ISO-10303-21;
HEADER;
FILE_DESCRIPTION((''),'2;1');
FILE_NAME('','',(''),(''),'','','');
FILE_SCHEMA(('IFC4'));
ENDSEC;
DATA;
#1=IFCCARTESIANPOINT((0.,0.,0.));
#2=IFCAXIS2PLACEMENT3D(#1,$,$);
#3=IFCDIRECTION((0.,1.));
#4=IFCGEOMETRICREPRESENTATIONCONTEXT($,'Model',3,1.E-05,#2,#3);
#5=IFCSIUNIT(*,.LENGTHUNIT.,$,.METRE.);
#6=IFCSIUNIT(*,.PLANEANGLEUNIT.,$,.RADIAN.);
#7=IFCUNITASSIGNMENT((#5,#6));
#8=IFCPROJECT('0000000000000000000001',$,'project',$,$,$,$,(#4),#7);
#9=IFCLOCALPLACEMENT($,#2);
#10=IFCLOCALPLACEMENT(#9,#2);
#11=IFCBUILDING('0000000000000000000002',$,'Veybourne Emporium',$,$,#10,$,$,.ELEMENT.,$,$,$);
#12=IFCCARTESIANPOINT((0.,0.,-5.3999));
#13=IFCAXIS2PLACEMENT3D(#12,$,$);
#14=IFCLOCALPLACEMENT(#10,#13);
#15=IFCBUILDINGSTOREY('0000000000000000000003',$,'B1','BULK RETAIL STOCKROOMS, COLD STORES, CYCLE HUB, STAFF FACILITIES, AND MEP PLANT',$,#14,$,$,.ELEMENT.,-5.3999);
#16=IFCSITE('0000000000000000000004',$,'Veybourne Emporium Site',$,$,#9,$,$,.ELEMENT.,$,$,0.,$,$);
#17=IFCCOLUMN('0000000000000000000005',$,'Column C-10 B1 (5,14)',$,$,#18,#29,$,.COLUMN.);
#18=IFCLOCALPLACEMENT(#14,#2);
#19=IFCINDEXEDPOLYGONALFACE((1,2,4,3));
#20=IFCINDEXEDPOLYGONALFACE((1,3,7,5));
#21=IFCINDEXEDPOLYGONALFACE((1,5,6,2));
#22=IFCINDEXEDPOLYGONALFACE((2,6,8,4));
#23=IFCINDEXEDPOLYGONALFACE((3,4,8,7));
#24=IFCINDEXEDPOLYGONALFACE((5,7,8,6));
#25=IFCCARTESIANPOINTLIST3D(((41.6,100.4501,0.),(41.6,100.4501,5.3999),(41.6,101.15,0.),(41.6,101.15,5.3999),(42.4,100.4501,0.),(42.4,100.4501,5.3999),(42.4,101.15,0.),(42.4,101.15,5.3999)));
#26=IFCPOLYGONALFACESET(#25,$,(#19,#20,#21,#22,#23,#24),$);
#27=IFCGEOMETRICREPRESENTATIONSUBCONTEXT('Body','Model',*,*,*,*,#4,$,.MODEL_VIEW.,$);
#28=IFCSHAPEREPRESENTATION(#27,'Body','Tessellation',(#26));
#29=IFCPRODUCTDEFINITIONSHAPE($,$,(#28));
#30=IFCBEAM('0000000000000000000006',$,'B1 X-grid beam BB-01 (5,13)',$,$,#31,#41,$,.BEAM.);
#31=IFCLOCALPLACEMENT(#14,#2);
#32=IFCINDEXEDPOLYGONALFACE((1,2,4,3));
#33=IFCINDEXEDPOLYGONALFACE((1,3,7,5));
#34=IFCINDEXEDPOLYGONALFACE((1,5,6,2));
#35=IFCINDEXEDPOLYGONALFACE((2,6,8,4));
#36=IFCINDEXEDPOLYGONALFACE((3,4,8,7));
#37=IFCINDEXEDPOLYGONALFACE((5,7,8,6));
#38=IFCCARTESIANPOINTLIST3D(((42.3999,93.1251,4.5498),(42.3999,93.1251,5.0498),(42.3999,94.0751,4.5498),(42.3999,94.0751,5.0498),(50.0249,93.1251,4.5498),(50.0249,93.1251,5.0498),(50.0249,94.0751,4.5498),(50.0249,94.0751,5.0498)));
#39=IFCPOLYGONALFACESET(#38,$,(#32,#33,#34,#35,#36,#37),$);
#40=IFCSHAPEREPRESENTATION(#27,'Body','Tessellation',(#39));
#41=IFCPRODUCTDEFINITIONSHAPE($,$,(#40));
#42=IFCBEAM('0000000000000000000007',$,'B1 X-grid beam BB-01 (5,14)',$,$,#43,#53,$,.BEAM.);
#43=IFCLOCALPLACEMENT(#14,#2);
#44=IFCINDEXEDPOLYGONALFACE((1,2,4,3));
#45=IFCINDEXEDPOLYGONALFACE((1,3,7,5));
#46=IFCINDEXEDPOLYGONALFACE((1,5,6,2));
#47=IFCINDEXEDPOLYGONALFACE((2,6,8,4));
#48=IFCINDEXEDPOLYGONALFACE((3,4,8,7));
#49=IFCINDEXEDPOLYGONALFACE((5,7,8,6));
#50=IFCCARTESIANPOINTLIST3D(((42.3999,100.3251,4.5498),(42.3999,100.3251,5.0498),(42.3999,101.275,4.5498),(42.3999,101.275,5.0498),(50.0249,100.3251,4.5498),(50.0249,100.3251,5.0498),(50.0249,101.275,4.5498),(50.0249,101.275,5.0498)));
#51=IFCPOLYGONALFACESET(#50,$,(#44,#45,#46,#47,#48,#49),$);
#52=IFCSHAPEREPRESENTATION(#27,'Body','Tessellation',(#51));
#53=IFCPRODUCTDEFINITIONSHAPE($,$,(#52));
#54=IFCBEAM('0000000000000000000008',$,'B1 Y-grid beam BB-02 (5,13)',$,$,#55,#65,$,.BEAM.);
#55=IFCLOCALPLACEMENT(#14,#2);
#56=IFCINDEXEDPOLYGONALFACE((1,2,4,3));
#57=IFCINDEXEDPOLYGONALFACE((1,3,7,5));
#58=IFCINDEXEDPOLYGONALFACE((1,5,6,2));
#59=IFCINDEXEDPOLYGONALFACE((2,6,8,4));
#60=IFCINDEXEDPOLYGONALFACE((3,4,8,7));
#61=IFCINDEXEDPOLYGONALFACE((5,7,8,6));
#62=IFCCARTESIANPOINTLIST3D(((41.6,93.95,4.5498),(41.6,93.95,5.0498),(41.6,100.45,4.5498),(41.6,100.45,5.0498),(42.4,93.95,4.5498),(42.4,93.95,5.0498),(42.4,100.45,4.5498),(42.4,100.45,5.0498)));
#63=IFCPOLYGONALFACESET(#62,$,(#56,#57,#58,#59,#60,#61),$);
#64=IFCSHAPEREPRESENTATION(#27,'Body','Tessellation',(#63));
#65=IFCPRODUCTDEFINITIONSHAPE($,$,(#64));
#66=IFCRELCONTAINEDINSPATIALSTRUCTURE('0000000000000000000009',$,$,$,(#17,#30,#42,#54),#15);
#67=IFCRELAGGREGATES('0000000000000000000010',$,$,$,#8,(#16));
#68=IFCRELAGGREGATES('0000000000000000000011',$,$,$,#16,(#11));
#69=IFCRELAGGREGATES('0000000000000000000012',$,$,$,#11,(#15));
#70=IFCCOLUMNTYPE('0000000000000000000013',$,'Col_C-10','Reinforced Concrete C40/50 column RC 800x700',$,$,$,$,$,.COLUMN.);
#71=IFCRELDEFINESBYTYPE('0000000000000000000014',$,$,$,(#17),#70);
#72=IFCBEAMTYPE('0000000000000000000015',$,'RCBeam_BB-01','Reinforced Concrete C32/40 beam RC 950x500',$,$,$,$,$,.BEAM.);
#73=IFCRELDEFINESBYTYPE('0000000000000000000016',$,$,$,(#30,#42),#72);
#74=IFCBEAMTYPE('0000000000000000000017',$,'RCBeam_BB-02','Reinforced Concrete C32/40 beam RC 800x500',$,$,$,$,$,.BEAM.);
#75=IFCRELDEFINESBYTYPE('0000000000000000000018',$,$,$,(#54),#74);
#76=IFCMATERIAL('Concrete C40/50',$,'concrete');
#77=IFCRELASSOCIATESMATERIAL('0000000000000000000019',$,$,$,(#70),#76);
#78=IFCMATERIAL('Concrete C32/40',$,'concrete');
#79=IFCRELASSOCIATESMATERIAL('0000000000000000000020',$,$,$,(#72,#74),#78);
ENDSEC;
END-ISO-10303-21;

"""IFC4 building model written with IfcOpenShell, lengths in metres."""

from ifc_helpers import new_model, si_unit, direction, frame, origin, origin_2d, place, context, subcontext, project, spatial, rectangle, extrude, material, material_profile, profile_set, type_object, element, save


model = new_model("IFC4")

# Units and contexts
model_context = context("Model", 3, precision=1e-05, world=origin(), true_north=direction((0.0, 1.0)))
body_context = subcontext(model_context, "Body", "Model", "MODEL_VIEW")
ifc_project = project(units=[si_unit("LENGTHUNIT", "METRE"), si_unit("PLANEANGLEUNIT", "RADIAN")], contexts=[model_context])

# Site, building, storey
site_placement = place(None, origin())
site = spatial("IfcSite", under=ifc_project, at=site_placement, Name="Veybourne Emporium Site", CompositionType="ELEMENT", RefElevation=0.0)
building_placement = place(site_placement, origin())
building = spatial("IfcBuilding", under=site, at=building_placement, Name="Veybourne Emporium", CompositionType="ELEMENT")
storey_placement = place(building_placement, frame((0.0, 0.0, -5.3999)))
storey = spatial("IfcBuildingStorey", under=building, at=storey_placement, Name="B1", Description="BULK RETAIL STOCKROOMS, COLD STORES, CYCLE HUB, STAFF FACILITIES, AND MEP PLANT", CompositionType="ELEMENT", Elevation=-5.3999)

# Column
ifc_material_1 = material(Name="Concrete C40/50", Category="concrete")
ifc_material_profile_1 = material_profile(ifc_material_1, rectangle(XDim=0.8, YDim=0.7, at=origin_2d()), Name="RC 800x700")
ifc_profile_set_1 = profile_set([ifc_material_profile_1], Name="Concrete C40/50")
column_type_1 = type_object("IfcColumnType", Name="Col_C-10", Description="Reinforced Concrete C40/50 column RC 800x700", PredefinedType="COLUMN", material=ifc_profile_set_1)
for number, where, z_axis, x_axis, name in (
    (1, (42.0, 100.8, 0.0), (0.0, 0.0, 1.0), (1.0, 0.0, 0.0), "Column C-10 B1 (5,14)"),
):
    element("IfcColumn", number, at=place(storey_placement, frame(where, z_axis=z_axis, x_axis=x_axis)), inside=storey, type_object=column_type_1, Name=name, PredefinedType="COLUMN", context=body_context, shape_type="SweptSolid", body=[
        extrude(rectangle(XDim=0.8, YDim=0.7, at=origin_2d()), origin(), (0.0, 0.0, 1.0), 5.3999),
    ])

# Beams
ifc_material_2 = material(Name="Concrete C32/40", Category="concrete")
ifc_material_profile_2 = material_profile(ifc_material_2, rectangle(XDim=0.95, YDim=0.5, at=origin_2d()), Name="RC 950x500")
ifc_profile_set_2 = profile_set([ifc_material_profile_2], Name="Concrete C32/40")
beam_type_1 = type_object("IfcBeamType", Name="RCBeam_BB-01", Description="Reinforced Concrete C32/40 beam RC 950x500", PredefinedType="BEAM", material=ifc_profile_set_2)
for number, where, z_axis, x_axis, name in (
    (2, (42.3999, 93.6001, 4.7998), (1.0, 0.0, 0.0), (0.0, 1.0, 0.0), "B1 X-grid beam BB-01 (5,13)"),
    (3, (42.3999, 100.8, 4.7998), (1.0, 0.0, 0.0), (0.0, 1.0, 0.0), "B1 X-grid beam BB-01 (5,14)"),
):
    element("IfcBeam", number, at=place(storey_placement, frame(where, z_axis=z_axis, x_axis=x_axis)), inside=storey, type_object=beam_type_1, Name=name, PredefinedType="BEAM", context=body_context, shape_type="SweptSolid", body=[
        extrude(rectangle(XDim=0.95, YDim=0.5, at=origin_2d()), origin(), (0.0, 0.0, 1.0), 7.625),
    ])
ifc_material_profile_3 = material_profile(ifc_material_2, rectangle(XDim=0.8, YDim=0.5, at=origin_2d()), Name="RC 800x500")
ifc_profile_set_3 = profile_set([ifc_material_profile_3], Name="Concrete C32/40")
beam_type_2 = type_object("IfcBeamType", Name="RCBeam_BB-02", Description="Reinforced Concrete C32/40 beam RC 800x500", PredefinedType="BEAM", material=ifc_profile_set_3)
beam_placement = place(storey_placement, frame((42.0, 93.95, 4.7998), z_axis=(0.0, 1.0, 0.0), x_axis=(-1.0, 0.0, 0.0)))
element("IfcBeam", 4, at=beam_placement, inside=storey, type_object=beam_type_2, Name="B1 Y-grid beam BB-02 (5,13)", PredefinedType="BEAM", context=body_context, shape_type="SweptSolid", body=[
    extrude(rectangle(XDim=0.8, YDim=0.5, at=origin_2d()), origin(), (0.0, 0.0, 1.0), 6.5),
])

save(model, "model.ifc")
